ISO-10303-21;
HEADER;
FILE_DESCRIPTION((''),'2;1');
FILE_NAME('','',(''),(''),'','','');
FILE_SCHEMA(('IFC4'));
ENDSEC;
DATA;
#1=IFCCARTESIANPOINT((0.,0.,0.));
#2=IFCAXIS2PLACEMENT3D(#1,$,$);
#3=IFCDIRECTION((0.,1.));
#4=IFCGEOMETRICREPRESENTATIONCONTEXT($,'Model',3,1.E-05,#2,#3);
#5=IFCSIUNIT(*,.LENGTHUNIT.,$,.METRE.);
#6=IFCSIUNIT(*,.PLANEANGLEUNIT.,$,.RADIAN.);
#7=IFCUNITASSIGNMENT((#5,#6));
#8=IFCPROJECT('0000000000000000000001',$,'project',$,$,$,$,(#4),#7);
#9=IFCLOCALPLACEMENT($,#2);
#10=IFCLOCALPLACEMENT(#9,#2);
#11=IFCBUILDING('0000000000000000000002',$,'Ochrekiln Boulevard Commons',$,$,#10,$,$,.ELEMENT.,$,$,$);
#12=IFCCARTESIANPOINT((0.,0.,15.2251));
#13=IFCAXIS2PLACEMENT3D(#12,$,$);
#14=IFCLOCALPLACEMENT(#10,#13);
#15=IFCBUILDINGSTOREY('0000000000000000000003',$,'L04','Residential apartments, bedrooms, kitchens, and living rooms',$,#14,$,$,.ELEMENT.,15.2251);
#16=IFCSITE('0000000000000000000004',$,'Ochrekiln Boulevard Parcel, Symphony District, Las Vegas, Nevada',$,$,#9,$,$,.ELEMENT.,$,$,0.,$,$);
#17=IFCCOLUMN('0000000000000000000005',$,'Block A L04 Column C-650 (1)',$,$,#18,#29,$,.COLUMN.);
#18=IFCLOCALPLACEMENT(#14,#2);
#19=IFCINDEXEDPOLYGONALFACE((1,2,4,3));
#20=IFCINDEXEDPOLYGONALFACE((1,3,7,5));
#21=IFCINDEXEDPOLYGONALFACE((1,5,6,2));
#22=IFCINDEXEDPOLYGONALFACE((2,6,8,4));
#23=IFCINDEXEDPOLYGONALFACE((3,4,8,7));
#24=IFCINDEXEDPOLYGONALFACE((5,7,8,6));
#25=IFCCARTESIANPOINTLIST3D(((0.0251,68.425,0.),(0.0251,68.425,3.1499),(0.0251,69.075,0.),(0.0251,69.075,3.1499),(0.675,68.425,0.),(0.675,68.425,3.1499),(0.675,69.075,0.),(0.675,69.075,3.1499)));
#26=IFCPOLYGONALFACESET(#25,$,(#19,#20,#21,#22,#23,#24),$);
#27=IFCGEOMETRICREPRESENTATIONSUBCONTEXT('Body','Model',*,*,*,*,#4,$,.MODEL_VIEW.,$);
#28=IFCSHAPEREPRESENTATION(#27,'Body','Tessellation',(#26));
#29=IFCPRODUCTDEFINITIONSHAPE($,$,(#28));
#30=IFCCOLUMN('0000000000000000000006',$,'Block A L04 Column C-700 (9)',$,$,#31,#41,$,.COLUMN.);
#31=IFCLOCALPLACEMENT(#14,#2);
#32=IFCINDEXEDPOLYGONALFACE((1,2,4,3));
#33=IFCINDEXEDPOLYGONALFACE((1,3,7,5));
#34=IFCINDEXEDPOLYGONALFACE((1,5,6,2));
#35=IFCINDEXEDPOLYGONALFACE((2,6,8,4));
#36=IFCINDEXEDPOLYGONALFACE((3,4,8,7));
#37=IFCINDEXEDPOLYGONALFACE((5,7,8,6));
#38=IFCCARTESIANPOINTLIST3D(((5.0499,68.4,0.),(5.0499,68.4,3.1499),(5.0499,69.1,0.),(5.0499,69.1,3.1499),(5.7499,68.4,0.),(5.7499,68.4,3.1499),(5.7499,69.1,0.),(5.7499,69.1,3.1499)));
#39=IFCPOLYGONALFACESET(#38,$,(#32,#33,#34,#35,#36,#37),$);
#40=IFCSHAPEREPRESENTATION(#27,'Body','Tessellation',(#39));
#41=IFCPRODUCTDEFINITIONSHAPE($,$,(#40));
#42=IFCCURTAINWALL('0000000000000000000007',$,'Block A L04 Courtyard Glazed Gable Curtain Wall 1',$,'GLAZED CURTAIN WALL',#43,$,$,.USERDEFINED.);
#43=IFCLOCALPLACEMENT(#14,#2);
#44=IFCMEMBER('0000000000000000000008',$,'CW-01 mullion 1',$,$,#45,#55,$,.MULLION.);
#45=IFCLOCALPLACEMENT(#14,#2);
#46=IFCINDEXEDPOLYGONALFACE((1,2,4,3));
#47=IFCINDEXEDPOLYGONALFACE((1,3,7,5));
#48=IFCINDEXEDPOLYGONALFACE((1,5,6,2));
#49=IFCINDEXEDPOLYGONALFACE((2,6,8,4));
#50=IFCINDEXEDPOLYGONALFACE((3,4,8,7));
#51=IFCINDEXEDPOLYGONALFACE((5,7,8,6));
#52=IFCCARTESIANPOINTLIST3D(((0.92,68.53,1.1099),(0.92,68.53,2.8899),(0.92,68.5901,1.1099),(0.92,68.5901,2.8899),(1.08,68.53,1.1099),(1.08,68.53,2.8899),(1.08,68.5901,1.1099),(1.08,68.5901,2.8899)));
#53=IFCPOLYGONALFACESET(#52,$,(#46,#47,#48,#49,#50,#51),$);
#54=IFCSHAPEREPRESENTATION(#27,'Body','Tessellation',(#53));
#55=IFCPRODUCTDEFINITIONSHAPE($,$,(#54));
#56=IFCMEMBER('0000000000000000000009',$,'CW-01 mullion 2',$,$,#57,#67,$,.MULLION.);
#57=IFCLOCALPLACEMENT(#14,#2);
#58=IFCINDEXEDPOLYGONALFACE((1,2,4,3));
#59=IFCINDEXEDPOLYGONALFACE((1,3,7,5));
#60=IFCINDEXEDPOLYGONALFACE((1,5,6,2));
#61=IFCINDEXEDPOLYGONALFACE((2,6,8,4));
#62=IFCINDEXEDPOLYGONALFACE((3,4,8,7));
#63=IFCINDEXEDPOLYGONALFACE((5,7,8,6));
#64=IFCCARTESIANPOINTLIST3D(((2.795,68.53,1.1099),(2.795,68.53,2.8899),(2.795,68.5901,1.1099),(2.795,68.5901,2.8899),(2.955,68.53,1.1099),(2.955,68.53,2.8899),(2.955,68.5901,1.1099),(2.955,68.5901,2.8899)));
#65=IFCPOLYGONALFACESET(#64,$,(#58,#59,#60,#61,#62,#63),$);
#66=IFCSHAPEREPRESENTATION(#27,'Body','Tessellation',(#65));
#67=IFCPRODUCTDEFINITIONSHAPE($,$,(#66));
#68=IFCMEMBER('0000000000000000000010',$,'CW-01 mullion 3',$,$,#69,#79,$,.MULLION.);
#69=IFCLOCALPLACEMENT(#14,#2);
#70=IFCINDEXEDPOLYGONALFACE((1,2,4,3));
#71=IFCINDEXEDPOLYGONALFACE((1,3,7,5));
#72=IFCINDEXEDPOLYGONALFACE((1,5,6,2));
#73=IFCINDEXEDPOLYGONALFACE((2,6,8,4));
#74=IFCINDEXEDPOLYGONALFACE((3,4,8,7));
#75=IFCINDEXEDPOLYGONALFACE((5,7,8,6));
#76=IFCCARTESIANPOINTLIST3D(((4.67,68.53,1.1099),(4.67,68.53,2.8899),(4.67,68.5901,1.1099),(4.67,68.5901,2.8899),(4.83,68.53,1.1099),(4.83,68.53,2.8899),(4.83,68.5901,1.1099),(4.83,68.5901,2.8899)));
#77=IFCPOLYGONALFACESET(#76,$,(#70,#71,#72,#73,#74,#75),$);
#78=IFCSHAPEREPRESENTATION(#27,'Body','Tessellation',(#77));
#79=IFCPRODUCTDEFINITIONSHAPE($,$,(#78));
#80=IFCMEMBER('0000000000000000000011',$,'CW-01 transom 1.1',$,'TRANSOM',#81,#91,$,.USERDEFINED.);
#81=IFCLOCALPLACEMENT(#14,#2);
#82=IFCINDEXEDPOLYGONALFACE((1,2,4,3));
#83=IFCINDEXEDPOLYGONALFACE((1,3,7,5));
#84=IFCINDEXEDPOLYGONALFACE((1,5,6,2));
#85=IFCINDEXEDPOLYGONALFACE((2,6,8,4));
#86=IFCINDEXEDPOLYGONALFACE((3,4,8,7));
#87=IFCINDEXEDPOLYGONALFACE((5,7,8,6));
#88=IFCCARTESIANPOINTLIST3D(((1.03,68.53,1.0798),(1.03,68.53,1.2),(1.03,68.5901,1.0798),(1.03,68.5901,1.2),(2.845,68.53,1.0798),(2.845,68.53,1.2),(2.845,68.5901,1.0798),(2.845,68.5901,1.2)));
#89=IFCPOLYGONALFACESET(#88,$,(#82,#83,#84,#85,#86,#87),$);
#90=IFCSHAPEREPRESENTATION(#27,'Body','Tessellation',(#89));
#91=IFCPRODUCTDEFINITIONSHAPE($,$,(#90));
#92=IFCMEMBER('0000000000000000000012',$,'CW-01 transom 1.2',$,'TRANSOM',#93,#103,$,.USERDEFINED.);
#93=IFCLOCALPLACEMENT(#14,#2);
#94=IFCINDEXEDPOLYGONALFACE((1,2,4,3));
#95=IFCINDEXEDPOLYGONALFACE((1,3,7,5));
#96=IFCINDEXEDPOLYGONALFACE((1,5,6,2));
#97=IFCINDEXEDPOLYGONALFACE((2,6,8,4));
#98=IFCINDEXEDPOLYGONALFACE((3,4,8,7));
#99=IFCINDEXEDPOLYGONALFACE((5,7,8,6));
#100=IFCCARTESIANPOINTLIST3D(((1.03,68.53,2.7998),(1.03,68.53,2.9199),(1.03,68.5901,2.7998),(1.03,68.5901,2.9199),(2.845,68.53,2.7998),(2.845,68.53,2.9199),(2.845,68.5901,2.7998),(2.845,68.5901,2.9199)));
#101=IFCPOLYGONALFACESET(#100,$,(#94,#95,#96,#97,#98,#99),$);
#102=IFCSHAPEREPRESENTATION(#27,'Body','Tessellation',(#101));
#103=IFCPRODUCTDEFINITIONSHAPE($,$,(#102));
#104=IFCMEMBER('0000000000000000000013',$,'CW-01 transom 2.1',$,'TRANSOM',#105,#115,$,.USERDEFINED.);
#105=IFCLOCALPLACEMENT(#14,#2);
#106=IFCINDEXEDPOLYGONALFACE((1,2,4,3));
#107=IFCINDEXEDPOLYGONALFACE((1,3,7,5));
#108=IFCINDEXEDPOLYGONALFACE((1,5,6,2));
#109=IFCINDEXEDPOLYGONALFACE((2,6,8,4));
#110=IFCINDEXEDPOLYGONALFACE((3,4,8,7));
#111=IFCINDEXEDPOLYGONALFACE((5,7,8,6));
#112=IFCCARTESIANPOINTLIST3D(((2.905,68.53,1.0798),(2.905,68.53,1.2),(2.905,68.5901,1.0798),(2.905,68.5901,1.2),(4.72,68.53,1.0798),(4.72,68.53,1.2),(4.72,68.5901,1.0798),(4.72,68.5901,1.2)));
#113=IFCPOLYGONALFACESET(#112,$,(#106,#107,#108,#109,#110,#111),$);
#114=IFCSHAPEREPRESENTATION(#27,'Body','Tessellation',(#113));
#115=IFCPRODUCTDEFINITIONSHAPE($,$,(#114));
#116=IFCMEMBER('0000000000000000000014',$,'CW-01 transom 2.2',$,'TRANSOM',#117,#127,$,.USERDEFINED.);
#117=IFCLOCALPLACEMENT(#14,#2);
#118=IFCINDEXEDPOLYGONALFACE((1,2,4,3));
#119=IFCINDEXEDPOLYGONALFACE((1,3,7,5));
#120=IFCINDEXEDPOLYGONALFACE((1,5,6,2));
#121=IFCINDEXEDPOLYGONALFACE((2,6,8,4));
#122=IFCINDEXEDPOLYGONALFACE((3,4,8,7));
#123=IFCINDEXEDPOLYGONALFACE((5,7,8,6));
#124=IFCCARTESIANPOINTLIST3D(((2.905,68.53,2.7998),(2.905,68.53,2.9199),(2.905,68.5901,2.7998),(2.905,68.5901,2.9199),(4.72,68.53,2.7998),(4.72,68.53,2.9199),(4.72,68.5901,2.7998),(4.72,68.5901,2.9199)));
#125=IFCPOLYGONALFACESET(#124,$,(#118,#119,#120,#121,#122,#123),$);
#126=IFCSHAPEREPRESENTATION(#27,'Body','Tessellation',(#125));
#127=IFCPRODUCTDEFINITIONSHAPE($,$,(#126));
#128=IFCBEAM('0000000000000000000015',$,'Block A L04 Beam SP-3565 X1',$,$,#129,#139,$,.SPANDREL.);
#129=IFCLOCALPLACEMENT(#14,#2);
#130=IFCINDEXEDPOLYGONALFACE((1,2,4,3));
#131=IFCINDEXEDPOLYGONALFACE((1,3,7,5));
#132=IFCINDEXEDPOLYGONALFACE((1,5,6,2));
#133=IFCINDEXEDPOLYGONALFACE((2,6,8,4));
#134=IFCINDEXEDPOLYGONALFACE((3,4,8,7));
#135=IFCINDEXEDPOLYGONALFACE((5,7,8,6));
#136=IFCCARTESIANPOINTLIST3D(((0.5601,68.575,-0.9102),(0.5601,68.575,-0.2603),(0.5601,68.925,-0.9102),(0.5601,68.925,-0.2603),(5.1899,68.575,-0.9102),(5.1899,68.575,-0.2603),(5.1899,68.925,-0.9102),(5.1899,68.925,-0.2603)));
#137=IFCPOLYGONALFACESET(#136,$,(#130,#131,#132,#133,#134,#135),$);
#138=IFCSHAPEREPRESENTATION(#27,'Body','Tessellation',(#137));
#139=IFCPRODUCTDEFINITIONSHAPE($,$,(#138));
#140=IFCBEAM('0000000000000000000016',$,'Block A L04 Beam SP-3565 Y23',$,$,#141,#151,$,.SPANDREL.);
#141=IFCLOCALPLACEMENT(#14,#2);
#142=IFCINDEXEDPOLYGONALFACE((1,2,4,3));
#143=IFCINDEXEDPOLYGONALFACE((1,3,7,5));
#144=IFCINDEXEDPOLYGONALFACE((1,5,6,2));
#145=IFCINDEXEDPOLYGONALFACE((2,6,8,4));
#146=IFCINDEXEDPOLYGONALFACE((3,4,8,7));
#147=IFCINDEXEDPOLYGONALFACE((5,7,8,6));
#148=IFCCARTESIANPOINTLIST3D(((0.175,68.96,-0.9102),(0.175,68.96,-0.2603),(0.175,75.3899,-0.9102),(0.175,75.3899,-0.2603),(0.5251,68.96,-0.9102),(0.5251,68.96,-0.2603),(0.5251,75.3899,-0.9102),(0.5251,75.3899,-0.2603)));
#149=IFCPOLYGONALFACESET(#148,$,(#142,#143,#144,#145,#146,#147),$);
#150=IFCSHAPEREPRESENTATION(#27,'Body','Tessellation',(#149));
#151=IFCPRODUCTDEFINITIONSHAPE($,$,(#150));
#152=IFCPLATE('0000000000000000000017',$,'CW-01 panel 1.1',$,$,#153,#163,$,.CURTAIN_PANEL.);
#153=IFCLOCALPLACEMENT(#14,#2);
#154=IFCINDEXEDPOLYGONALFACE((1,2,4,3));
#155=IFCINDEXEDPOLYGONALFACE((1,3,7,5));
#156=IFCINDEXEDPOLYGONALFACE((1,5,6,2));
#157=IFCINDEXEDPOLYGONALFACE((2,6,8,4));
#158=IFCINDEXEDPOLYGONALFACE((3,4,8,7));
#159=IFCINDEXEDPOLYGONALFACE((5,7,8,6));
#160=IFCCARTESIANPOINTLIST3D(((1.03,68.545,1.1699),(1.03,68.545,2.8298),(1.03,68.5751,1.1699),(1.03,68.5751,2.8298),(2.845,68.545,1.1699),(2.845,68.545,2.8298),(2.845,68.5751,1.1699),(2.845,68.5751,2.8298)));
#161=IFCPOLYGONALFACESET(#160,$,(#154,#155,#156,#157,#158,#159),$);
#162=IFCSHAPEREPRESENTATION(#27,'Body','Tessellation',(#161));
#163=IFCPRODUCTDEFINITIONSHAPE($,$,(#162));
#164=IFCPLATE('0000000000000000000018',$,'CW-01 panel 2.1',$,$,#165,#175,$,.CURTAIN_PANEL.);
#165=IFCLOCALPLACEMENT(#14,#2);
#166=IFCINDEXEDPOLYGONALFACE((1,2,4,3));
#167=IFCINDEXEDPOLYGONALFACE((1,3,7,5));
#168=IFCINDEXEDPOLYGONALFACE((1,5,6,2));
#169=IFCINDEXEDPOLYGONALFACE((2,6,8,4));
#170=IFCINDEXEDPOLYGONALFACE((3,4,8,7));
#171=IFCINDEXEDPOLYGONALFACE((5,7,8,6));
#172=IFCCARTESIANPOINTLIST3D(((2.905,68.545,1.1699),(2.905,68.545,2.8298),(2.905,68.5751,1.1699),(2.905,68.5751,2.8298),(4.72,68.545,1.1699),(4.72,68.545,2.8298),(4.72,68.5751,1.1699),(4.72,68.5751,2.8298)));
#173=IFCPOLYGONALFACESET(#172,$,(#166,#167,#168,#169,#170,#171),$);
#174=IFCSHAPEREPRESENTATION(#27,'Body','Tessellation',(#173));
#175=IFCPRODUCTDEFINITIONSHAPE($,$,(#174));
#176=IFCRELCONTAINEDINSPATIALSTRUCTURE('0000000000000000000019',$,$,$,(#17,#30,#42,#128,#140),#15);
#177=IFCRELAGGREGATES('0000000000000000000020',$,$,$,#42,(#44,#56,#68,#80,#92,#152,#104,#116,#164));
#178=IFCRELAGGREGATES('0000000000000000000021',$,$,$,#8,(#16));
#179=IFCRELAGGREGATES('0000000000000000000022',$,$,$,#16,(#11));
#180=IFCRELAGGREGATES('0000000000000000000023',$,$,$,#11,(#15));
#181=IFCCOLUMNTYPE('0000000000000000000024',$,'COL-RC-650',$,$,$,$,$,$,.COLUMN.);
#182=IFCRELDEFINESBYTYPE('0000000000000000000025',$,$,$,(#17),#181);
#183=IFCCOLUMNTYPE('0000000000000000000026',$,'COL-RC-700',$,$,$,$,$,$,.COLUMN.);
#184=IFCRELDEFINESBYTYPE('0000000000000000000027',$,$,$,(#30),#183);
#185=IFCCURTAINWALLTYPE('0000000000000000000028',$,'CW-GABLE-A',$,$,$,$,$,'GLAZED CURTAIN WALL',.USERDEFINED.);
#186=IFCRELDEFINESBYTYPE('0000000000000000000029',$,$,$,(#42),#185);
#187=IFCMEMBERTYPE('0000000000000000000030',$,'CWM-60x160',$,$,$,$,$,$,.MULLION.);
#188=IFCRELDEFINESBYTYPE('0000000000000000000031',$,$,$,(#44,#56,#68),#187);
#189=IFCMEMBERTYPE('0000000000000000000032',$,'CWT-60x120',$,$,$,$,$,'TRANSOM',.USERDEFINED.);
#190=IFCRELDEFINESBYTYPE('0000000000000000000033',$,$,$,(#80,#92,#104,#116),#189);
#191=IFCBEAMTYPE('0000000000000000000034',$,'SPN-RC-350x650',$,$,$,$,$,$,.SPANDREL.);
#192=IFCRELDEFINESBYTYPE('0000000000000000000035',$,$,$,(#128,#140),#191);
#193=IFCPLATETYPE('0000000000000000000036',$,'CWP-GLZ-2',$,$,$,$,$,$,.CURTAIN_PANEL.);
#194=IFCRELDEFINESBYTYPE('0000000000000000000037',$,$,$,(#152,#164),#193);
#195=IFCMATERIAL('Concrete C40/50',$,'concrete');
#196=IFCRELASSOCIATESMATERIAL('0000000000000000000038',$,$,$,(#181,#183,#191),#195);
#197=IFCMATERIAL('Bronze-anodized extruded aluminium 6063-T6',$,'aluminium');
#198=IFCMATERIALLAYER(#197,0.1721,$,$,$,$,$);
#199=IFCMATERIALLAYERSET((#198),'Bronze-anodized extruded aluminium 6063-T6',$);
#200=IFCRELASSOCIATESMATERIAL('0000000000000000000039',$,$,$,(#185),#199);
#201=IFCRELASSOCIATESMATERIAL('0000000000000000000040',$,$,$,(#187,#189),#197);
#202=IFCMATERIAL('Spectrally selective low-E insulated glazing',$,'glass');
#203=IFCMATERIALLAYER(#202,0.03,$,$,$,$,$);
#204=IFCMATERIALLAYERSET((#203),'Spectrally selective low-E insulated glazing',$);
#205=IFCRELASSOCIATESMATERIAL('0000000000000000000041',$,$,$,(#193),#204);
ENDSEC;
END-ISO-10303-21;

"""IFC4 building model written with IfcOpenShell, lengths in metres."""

from ifc_helpers import new_model, si_unit, direction, frame, origin, origin_2d, place, context, subcontext, project, spatial, rectangle, extrude, material, layer, layer_set, material_profile, profile_set, type_object, element, aggregate, save


model = new_model("IFC4")

# Units and contexts
model_context = context("Model", 3, precision=1e-05, world=origin(), true_north=direction((0.0, 1.0)))
body_context = subcontext(model_context, "Body", "Model", "MODEL_VIEW")
ifc_project = project(units=[si_unit("LENGTHUNIT", "METRE"), si_unit("PLANEANGLEUNIT", "RADIAN")], contexts=[model_context])

# Site, building, storey
site_placement = place(None, origin())
site = spatial("IfcSite", under=ifc_project, at=site_placement, Name="Ochrekiln Boulevard Parcel, Symphony District, Las Vegas, Nevada", CompositionType="ELEMENT", RefElevation=0.0)
building_placement = place(site_placement, origin())
building = spatial("IfcBuilding", under=site, at=building_placement, Name="Ochrekiln Boulevard Commons", CompositionType="ELEMENT")
storey_placement = place(building_placement, frame((0.0, 0.0, 15.2251)))
storey = spatial("IfcBuildingStorey", under=building, at=storey_placement, Name="L04", Description="Residential apartments, bedrooms, kitchens, and living rooms", CompositionType="ELEMENT", Elevation=15.2251)

# Columns
ifc_material_1 = material(Name="Concrete C40/50", Category="concrete")
ifc_material_profile_1 = material_profile(ifc_material_1, rectangle(XDim=0.6499, YDim=0.6499, at=origin_2d()), Name="RC-COL-650x650")
ifc_profile_set_1 = profile_set([ifc_material_profile_1], Name="Concrete C40/50")
column_type_1 = type_object("IfcColumnType", Name="COL-RC-650", PredefinedType="COLUMN", material=ifc_profile_set_1)
column_1_placement = place(storey_placement, frame((0.3501, 68.75, 0.0), z_axis=(0.0, 0.0, 1.0), x_axis=(1.0, 0.0, 0.0)))
element("IfcColumn", 1, at=column_1_placement, inside=storey, type_object=column_type_1, Name="Block A L04 Column C-650 (1)", PredefinedType="COLUMN", context=body_context, shape_type="SweptSolid", body=[
    extrude(rectangle(XDim=0.6499, YDim=0.6499, at=origin_2d()), origin(), (0.0, 0.0, 1.0), 3.1499),
])
ifc_material_profile_2 = material_profile(ifc_material_1, rectangle(XDim=0.7, YDim=0.7, at=origin_2d()), Name="RC-COL-700x700")
ifc_profile_set_2 = profile_set([ifc_material_profile_2], Name="Concrete C40/50")
column_type_2 = type_object("IfcColumnType", Name="COL-RC-700", PredefinedType="COLUMN", material=ifc_profile_set_2)
column_2_placement = place(storey_placement, frame((5.3999, 68.75, 0.0), z_axis=(0.0, 0.0, 1.0), x_axis=(1.0, 0.0, 0.0)))
element("IfcColumn", 2, at=column_2_placement, inside=storey, type_object=column_type_2, Name="Block A L04 Column C-700 (9)", PredefinedType="COLUMN", context=body_context, shape_type="SweptSolid", body=[
    extrude(rectangle(XDim=0.7, YDim=0.7, at=origin_2d()), origin(), (0.0, 0.0, 1.0), 3.1499),
])

# Curtain wall, members
ifc_material_2 = material(Name="Bronze-anodized extruded aluminium 6063-T6", Category="aluminium")
ifc_layer_1 = layer(ifc_material_2, 0.1721)
ifc_layer_set_1 = layer_set([ifc_layer_1], Name="Bronze-anodized extruded aluminium 6063-T6")
curtain_wall_type = type_object("IfcCurtainWallType", Name="CW-GABLE-A", ElementType="GLAZED CURTAIN WALL", PredefinedType="USERDEFINED", material=ifc_layer_set_1)
curtain_wall_placement = place(storey_placement, origin())
curtain_wall = element("IfcCurtainWall", 3, at=curtain_wall_placement, inside=storey, type_object=curtain_wall_type, Name="Block A L04 Courtyard Glazed Gable Curtain Wall 1", ObjectType="GLAZED CURTAIN WALL", PredefinedType="USERDEFINED")
ifc_material_profile_3 = material_profile(ifc_material_2, rectangle(XDim=0.0601, YDim=0.1599, at=origin_2d()), Name="ALU-MUL-60x160")
ifc_profile_set_3 = profile_set([ifc_material_profile_3], Name="Bronze-anodized extruded aluminium 6063-T6")
member_type_1 = type_object("IfcMemberType", Name="CWM-60x160", PredefinedType="MULLION", material=ifc_profile_set_3)
member_1_placement = place(storey_placement, frame((1.0, 68.5601, 1.1099), z_axis=(0.0, 0.0, 1.0), x_axis=(0.0, 1.0, 0.0)))
member_1 = element("IfcMember", 4, at=member_1_placement, type_object=member_type_1, Name="CW-01 mullion 1", PredefinedType="MULLION", context=body_context, shape_type="SweptSolid", body=[
    extrude(rectangle(XDim=0.0601, YDim=0.1599, at=origin_2d()), origin(), (0.0, 0.0, 1.0), 1.78),
])
member_2_placement = place(storey_placement, frame((2.875, 68.5601, 1.1099), z_axis=(0.0, 0.0, 1.0), x_axis=(0.0, 1.0, 0.0)))
member_2 = element("IfcMember", 5, at=member_2_placement, type_object=member_type_1, Name="CW-01 mullion 2", PredefinedType="MULLION", context=body_context, shape_type="SweptSolid", body=[
    extrude(rectangle(XDim=0.0601, YDim=0.1599, at=origin_2d()), origin(), (0.0, 0.0, 1.0), 1.78),
])
member_3_placement = place(storey_placement, frame((4.75, 68.5601, 1.1099), z_axis=(0.0, 0.0, 1.0), x_axis=(0.0, 1.0, 0.0)))
member_3 = element("IfcMember", 6, at=member_3_placement, type_object=member_type_1, Name="CW-01 mullion 3", PredefinedType="MULLION", context=body_context, shape_type="SweptSolid", body=[
    extrude(rectangle(XDim=0.0601, YDim=0.1599, at=origin_2d()), origin(), (0.0, 0.0, 1.0), 1.78),
])
ifc_material_profile_4 = material_profile(ifc_material_2, rectangle(XDim=0.0601, YDim=0.1201, at=origin_2d()), Name="ALU-TRN-60x120")
ifc_profile_set_4 = profile_set([ifc_material_profile_4], Name="Bronze-anodized extruded aluminium 6063-T6")
member_type_2 = type_object("IfcMemberType", Name="CWT-60x120", ElementType="TRANSOM", PredefinedType="USERDEFINED", material=ifc_profile_set_4)
member_4_placement = place(storey_placement, frame((1.03, 68.5601, 1.1399), z_axis=(1.0, 0.0, 0.0), x_axis=(0.0, 1.0, 0.0)))
member_4 = element("IfcMember", 7, at=member_4_placement, type_object=member_type_2, Name="CW-01 transom 1.1", ObjectType="TRANSOM", PredefinedType="USERDEFINED", context=body_context, shape_type="SweptSolid", body=[
    extrude(rectangle(XDim=0.0601, YDim=0.1201, at=origin_2d()), origin(), (0.0, 0.0, 1.0), 1.8149),
])
member_5_placement = place(storey_placement, frame((1.03, 68.5601, 2.8599), z_axis=(1.0, 0.0, 0.0), x_axis=(0.0, 1.0, 0.0)))
member_5 = element("IfcMember", 8, at=member_5_placement, type_object=member_type_2, Name="CW-01 transom 1.2", ObjectType="TRANSOM", PredefinedType="USERDEFINED", context=body_context, shape_type="SweptSolid", body=[
    extrude(rectangle(XDim=0.0601, YDim=0.1201, at=origin_2d()), origin(), (0.0, 0.0, 1.0), 1.8149),
])
member_6_placement = place(storey_placement, frame((2.905, 68.5601, 1.1399), z_axis=(1.0, 0.0, 0.0), x_axis=(0.0, 1.0, 0.0)))
member_6 = element("IfcMember", 9, at=member_6_placement, type_object=member_type_2, Name="CW-01 transom 2.1", ObjectType="TRANSOM", PredefinedType="USERDEFINED", context=body_context, shape_type="SweptSolid", body=[
    extrude(rectangle(XDim=0.0601, YDim=0.1201, at=origin_2d()), origin(), (0.0, 0.0, 1.0), 1.8149),
])
member_7_placement = place(storey_placement, frame((2.905, 68.5601, 2.8599), z_axis=(1.0, 0.0, 0.0), x_axis=(0.0, 1.0, 0.0)))
member_7 = element("IfcMember", 10, at=member_7_placement, type_object=member_type_2, Name="CW-01 transom 2.2", ObjectType="TRANSOM", PredefinedType="USERDEFINED", context=body_context, shape_type="SweptSolid", body=[
    extrude(rectangle(XDim=0.0601, YDim=0.1201, at=origin_2d()), origin(), (0.0, 0.0, 1.0), 1.8149),
])

# Beams
ifc_material_profile_5 = material_profile(ifc_material_1, rectangle(XDim=0.3501, YDim=0.6499, at=origin_2d()), Name="RC-SPN-350x650")
ifc_profile_set_5 = profile_set([ifc_material_profile_5], Name="Concrete C40/50")
beam_type = type_object("IfcBeamType", Name="SPN-RC-350x650", PredefinedType="SPANDREL", material=ifc_profile_set_5)
beam_1_placement = place(storey_placement, frame((0.5601, 68.75, -0.5852), z_axis=(1.0, 0.0, 0.0), x_axis=(0.0, 1.0, 0.0)))
element("IfcBeam", 11, at=beam_1_placement, inside=storey, type_object=beam_type, Name="Block A L04 Beam SP-3565 X1", PredefinedType="SPANDREL", context=body_context, shape_type="SweptSolid", body=[
    extrude(rectangle(XDim=0.3501, YDim=0.6499, at=origin_2d()), origin(), (0.0, 0.0, 1.0), 4.6299),
])
beam_2_placement = place(storey_placement, frame((0.3501, 68.96, -0.5852), z_axis=(0.0, 1.0, 0.0), x_axis=(-1.0, 0.0, 0.0)))
element("IfcBeam", 12, at=beam_2_placement, inside=storey, type_object=beam_type, Name="Block A L04 Beam SP-3565 Y23", PredefinedType="SPANDREL", context=body_context, shape_type="SweptSolid", body=[
    extrude(rectangle(XDim=0.3501, YDim=0.6499, at=origin_2d()), origin(), (0.0, 0.0, 1.0), 6.4299),
])

# Plates
ifc_material_3 = material(Name="Spectrally selective low-E insulated glazing", Category="glass")
ifc_layer_2 = layer(ifc_material_3, 0.03)
ifc_layer_set_2 = layer_set([ifc_layer_2], Name="Spectrally selective low-E insulated glazing")
plate_type = type_object("IfcPlateType", Name="CWP-GLZ-2", PredefinedType="CURTAIN_PANEL", material=ifc_layer_set_2)
plate_1_placement = place(storey_placement, frame((1.9375, 68.5601, 1.1699), z_axis=(0.0, 0.0, 1.0), x_axis=(1.0, 0.0, 0.0)))
plate_1 = element("IfcPlate", 13, at=plate_1_placement, type_object=plate_type, Name="CW-01 panel 1.1", PredefinedType="CURTAIN_PANEL", context=body_context, shape_type="SweptSolid", body=[
    extrude(rectangle(XDim=1.8149, YDim=0.03, at=origin_2d()), origin(), (0.0, 0.0, 1.0), 1.6599),
])
plate_2_placement = place(storey_placement, frame((3.8125, 68.5601, 1.1699), z_axis=(0.0, 0.0, 1.0), x_axis=(1.0, 0.0, 0.0)))
plate_2 = element("IfcPlate", 14, at=plate_2_placement, type_object=plate_type, Name="CW-01 panel 2.1", PredefinedType="CURTAIN_PANEL", context=body_context, shape_type="SweptSolid", body=[
    extrude(rectangle(XDim=1.8149, YDim=0.03, at=origin_2d()), origin(), (0.0, 0.0, 1.0), 1.6599),
])
aggregate(curtain_wall, [member_1, member_2, member_3, member_4, member_5, plate_1, member_6, member_7, plate_2])

save(model, "model.ifc")
